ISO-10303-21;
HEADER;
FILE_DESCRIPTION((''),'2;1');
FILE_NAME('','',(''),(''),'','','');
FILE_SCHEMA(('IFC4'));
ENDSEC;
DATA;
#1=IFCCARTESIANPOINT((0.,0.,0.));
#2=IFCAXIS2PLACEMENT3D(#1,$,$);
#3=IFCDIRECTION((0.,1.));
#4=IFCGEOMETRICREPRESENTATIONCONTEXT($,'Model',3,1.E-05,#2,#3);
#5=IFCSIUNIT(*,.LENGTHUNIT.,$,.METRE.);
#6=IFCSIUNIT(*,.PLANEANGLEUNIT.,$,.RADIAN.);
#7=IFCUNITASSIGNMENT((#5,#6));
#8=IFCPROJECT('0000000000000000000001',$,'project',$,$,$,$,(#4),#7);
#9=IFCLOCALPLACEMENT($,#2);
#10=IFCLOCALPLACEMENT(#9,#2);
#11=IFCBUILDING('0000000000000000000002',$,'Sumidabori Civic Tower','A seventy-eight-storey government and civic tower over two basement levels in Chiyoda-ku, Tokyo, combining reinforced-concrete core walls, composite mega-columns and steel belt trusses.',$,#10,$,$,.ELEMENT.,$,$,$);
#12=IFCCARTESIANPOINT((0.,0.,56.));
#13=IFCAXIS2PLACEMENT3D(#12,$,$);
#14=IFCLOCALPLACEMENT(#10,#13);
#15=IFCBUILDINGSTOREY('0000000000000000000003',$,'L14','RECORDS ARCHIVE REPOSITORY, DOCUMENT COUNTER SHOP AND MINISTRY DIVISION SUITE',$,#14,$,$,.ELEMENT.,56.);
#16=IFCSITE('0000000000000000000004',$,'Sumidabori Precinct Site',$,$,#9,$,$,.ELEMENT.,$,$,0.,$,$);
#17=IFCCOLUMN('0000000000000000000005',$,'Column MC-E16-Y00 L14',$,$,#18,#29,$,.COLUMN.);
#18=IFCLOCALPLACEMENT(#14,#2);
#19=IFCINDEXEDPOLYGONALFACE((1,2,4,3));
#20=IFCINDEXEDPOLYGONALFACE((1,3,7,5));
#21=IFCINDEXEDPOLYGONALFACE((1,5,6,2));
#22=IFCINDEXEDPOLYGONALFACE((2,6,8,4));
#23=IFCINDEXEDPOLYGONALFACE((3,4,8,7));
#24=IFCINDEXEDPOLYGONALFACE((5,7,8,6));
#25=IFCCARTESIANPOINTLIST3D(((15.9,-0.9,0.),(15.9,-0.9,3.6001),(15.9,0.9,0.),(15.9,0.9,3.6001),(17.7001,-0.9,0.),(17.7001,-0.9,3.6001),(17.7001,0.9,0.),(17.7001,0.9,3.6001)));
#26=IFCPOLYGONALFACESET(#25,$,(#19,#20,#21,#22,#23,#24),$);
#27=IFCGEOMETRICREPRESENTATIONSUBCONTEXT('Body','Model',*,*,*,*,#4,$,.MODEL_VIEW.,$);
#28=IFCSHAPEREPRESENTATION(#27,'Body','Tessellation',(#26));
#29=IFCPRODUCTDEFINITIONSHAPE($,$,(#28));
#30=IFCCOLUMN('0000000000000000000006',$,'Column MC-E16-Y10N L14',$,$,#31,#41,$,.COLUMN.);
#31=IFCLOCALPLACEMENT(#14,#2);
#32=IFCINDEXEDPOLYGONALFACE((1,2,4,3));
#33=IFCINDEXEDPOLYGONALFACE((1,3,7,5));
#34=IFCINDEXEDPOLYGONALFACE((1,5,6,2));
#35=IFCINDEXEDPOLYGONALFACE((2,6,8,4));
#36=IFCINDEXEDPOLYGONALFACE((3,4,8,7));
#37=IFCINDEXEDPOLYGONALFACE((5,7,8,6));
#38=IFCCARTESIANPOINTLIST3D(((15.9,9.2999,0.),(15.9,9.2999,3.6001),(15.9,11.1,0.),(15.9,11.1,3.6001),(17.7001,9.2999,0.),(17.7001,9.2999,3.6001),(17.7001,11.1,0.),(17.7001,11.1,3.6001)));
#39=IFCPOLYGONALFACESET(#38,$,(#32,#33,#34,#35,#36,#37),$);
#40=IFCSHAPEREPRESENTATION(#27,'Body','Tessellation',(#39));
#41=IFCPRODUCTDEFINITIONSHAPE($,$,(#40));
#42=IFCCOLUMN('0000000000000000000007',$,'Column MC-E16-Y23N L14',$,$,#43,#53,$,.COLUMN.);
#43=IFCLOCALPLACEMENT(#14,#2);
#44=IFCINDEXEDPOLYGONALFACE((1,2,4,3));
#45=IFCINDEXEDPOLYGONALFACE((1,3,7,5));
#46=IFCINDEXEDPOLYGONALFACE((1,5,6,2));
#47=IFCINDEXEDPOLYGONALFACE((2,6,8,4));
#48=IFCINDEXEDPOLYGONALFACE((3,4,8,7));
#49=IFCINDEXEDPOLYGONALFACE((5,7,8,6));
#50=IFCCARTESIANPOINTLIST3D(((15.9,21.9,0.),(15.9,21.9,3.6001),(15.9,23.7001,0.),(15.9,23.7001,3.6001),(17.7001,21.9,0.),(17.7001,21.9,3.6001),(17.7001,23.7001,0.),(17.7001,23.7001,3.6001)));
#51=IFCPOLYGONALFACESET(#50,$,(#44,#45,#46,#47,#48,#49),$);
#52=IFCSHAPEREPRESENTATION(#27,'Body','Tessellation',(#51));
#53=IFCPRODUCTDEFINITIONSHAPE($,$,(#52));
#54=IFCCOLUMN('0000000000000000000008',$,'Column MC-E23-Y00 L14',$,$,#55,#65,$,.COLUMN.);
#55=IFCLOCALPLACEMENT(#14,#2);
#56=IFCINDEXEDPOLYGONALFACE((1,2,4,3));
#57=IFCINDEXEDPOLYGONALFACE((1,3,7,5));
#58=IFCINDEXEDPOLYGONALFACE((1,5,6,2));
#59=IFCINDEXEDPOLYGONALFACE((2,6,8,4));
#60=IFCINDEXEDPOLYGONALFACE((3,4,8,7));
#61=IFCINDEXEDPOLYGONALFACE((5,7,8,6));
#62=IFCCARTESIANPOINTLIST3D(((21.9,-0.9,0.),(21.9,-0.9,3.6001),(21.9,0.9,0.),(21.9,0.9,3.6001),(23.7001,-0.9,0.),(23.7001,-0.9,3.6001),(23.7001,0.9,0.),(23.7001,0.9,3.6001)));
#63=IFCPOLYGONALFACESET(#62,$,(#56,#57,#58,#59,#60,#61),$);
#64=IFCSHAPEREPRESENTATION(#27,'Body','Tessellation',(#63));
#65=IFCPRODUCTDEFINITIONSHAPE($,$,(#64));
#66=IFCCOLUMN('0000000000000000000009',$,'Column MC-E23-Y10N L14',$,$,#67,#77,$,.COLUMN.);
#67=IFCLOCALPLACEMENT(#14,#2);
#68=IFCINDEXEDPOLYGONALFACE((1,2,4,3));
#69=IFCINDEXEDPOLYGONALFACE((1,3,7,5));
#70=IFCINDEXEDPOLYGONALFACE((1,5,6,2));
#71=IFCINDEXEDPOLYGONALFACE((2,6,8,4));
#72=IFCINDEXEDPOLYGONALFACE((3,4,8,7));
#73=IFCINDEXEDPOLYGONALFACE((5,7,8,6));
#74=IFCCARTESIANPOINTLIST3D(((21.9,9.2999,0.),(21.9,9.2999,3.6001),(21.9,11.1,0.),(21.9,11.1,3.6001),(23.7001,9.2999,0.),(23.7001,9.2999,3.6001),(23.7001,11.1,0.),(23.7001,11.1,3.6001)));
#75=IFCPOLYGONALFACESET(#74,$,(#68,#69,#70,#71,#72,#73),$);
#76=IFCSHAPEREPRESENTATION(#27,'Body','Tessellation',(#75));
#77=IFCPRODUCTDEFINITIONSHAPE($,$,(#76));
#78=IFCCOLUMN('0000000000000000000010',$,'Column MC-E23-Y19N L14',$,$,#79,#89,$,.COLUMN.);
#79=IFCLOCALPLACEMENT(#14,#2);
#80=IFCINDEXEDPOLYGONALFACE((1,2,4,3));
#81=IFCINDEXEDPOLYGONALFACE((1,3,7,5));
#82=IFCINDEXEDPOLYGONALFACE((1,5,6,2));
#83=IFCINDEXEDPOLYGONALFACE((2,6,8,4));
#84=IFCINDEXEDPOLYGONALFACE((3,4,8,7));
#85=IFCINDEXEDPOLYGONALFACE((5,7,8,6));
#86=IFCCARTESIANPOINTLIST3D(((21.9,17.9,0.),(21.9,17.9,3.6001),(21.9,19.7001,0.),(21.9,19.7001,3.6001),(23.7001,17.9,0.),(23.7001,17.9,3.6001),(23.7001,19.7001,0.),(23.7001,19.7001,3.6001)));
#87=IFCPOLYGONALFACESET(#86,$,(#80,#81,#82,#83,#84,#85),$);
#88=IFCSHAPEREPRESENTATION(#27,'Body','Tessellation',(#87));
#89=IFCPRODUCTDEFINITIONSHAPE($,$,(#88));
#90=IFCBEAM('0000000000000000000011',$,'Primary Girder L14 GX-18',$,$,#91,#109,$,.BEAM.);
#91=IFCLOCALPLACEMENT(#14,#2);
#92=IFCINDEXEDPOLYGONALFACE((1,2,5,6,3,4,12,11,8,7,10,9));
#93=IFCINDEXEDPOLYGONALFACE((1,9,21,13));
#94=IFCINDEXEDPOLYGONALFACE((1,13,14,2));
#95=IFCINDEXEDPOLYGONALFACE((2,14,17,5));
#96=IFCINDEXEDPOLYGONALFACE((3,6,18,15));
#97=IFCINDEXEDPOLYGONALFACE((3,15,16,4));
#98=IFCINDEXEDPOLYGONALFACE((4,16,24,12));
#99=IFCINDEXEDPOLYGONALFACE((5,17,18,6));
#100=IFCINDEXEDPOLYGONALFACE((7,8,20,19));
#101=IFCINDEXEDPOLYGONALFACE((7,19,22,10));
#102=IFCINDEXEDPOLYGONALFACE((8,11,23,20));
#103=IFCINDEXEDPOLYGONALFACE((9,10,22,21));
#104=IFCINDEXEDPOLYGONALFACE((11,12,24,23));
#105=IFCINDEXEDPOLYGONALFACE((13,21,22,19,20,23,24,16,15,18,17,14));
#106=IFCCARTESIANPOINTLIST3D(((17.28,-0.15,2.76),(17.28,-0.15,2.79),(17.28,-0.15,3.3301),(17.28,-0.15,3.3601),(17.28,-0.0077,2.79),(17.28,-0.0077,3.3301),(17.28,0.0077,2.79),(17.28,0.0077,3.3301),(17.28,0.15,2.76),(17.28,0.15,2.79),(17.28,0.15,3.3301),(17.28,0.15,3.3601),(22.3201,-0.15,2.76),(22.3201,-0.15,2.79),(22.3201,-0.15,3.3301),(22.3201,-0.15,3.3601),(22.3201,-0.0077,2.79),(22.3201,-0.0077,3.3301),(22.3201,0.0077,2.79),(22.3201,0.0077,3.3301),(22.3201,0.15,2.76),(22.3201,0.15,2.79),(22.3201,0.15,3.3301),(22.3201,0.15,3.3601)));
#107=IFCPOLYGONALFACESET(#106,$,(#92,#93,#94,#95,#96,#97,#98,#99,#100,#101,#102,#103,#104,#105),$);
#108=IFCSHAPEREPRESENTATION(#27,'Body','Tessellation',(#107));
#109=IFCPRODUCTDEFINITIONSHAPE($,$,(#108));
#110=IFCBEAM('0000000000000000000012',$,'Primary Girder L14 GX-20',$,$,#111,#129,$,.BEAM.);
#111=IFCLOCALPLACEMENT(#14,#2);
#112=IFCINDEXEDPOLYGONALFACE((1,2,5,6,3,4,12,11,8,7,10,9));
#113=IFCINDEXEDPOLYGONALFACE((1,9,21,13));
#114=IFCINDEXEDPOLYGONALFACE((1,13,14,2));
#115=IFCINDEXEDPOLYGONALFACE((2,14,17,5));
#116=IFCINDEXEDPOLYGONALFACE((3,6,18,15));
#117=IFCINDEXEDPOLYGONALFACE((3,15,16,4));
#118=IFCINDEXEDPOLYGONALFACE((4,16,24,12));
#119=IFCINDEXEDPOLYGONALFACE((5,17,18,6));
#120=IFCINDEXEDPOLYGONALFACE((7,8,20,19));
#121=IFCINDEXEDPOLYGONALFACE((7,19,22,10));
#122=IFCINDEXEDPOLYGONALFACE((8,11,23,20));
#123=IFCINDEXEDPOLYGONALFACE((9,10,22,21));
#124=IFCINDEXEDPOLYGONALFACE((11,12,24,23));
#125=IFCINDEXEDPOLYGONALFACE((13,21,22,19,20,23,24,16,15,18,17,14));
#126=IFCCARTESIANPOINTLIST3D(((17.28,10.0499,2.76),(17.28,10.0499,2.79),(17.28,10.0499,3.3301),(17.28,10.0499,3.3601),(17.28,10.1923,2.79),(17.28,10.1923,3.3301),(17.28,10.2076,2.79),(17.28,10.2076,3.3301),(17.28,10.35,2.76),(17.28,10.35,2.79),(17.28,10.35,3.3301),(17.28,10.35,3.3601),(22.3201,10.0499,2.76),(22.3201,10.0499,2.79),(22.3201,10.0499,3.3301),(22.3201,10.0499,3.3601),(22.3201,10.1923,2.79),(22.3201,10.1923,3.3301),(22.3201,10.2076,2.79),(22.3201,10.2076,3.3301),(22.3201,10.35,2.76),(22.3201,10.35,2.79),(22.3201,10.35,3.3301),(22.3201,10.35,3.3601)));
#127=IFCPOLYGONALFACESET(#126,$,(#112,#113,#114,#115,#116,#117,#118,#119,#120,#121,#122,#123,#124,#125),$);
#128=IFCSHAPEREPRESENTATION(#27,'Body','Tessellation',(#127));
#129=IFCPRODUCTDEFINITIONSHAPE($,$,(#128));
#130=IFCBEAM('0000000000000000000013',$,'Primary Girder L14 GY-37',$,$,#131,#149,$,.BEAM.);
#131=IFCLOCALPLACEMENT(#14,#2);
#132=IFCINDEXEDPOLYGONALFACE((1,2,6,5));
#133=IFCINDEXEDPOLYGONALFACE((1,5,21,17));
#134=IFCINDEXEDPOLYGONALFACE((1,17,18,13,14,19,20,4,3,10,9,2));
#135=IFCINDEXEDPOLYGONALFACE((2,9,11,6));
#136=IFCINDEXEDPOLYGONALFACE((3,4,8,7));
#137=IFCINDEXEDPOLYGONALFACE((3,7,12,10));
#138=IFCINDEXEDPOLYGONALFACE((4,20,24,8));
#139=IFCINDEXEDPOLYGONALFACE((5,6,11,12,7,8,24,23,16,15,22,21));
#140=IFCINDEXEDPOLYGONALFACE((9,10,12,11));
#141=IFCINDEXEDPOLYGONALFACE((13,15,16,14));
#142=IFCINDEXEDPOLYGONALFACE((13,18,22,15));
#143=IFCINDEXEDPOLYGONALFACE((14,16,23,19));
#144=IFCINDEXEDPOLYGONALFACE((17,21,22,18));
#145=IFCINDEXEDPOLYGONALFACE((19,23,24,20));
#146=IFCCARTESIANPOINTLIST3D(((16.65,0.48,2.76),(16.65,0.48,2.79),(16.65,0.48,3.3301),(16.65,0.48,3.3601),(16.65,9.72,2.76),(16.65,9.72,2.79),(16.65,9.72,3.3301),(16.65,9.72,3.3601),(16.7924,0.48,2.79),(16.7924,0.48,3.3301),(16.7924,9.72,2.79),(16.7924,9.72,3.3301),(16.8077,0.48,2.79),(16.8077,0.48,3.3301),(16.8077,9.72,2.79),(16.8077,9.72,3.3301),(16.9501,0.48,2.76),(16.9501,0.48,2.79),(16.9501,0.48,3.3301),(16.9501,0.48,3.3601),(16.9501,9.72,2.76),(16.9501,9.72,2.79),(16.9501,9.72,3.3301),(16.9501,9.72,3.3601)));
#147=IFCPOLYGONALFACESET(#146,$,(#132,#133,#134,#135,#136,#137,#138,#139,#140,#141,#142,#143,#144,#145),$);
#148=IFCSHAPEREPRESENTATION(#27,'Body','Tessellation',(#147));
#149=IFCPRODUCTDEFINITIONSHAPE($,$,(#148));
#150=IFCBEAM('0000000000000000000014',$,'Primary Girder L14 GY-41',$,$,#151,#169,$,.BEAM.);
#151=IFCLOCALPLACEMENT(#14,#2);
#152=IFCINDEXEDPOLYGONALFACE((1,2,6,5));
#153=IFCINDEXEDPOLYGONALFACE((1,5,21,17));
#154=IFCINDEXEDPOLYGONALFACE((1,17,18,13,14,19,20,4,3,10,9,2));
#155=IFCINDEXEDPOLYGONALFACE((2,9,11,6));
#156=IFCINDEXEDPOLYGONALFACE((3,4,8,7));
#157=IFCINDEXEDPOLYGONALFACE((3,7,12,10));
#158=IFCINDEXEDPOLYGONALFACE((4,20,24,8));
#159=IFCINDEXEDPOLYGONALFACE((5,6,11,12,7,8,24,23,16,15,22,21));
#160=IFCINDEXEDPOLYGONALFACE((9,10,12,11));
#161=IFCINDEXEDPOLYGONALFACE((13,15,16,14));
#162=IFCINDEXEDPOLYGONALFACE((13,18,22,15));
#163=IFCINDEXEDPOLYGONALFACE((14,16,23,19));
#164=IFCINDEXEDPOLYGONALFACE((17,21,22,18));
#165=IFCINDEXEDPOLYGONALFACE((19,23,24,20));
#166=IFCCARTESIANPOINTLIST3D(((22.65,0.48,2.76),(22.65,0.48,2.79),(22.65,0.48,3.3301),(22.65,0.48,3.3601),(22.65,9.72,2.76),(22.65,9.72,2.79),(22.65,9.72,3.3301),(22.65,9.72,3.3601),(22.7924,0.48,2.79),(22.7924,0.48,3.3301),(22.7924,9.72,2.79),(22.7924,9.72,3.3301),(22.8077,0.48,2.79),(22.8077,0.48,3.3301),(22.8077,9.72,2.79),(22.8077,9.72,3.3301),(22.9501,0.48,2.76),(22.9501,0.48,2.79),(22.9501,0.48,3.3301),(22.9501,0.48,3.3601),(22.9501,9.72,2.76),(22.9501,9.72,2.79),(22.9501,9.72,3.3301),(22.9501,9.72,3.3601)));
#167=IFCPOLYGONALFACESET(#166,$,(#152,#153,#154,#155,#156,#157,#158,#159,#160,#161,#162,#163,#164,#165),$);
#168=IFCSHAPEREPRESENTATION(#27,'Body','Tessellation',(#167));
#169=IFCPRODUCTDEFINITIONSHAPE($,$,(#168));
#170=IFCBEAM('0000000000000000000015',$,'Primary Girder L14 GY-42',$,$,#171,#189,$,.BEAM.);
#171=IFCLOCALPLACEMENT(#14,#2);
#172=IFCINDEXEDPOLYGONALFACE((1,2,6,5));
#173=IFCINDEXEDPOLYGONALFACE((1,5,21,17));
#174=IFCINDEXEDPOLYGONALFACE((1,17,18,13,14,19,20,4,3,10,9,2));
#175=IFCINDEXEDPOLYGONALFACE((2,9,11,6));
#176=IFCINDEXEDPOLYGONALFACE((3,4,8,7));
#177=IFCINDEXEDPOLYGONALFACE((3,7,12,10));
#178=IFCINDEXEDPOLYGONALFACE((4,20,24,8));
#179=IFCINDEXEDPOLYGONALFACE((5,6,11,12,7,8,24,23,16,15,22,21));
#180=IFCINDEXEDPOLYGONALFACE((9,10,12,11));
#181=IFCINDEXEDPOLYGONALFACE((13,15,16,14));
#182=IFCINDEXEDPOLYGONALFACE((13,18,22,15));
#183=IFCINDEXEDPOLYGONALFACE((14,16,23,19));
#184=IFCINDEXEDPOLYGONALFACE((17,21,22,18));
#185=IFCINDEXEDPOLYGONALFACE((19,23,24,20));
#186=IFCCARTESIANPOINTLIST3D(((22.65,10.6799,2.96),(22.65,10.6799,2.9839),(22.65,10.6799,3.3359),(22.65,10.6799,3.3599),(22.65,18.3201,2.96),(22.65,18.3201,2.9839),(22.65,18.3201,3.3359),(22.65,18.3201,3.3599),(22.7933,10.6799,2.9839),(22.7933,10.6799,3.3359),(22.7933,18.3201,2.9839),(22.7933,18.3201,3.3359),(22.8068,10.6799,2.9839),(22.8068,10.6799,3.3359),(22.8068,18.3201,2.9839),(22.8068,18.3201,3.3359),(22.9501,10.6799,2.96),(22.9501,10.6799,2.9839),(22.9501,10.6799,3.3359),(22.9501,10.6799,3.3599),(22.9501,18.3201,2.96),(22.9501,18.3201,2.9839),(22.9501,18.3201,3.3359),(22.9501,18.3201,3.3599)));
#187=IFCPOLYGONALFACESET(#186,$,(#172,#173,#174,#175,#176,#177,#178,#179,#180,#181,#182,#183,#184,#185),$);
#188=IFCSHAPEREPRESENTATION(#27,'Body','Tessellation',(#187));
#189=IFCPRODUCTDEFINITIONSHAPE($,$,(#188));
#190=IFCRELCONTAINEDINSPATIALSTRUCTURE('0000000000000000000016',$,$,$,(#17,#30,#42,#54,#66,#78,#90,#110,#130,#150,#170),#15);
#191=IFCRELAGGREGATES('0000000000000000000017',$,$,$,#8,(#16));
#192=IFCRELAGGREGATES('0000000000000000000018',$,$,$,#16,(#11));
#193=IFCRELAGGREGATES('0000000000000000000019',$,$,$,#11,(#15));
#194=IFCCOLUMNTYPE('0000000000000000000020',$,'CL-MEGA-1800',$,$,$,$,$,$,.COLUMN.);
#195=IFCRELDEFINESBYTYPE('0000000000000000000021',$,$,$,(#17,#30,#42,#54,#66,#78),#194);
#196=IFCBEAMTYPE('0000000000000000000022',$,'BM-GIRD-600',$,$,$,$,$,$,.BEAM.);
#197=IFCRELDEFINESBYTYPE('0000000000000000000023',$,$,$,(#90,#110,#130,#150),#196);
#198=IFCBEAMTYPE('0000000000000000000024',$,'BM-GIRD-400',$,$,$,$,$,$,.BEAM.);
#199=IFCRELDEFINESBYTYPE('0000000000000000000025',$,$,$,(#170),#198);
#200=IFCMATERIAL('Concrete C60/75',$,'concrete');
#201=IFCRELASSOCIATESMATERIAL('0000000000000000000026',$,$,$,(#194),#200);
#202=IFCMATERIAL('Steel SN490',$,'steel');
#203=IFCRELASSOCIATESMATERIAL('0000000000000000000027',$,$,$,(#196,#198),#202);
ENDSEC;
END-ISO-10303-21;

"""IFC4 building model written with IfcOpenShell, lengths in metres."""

from ifc_helpers import new_model, si_unit, direction, frame, origin, origin_2d, place, context, subcontext, project, spatial, rectangle, i_section, extrude, source, transform, mapped, material, material_profile, profile_set, type_object, element, save


model = new_model("IFC4")

# Units and contexts
model_context = context("Model", 3, precision=1e-05, world=origin(), true_north=direction((0.0, 1.0)))
body_context = subcontext(model_context, "Body", "Model", "MODEL_VIEW")
ifc_project = project(units=[si_unit("LENGTHUNIT", "METRE"), si_unit("PLANEANGLEUNIT", "RADIAN")], contexts=[model_context])

# Site, building, storey
site_placement = place(None, origin())
site = spatial("IfcSite", under=ifc_project, at=site_placement, Name="Sumidabori Precinct Site", CompositionType="ELEMENT", RefElevation=0.0)
building_placement = place(site_placement, origin())
building = spatial("IfcBuilding", under=site, at=building_placement, Name="Sumidabori Civic Tower", Description="A seventy-eight-storey government and civic tower over two basement levels in Chiyoda-ku, Tokyo, combining reinforced-concrete core walls, composite mega-columns and steel belt trusses.", CompositionType="ELEMENT")
storey_placement = place(building_placement, frame((0.0, 0.0, 56.0)))
storey = spatial("IfcBuildingStorey", under=building, at=storey_placement, Name="L14", Description="RECORDS ARCHIVE REPOSITORY, DOCUMENT COUNTER SHOP AND MINISTRY DIVISION SUITE", CompositionType="ELEMENT", Elevation=56.0)

# Columns
ifc_material_1 = material(Name="Concrete C60/75", Category="concrete")
ifc_material_profile_1 = material_profile(ifc_material_1, rectangle(XDim=1.8, YDim=1.8, at=origin_2d()), Name="RC 1800x1800")
ifc_profile_set_1 = profile_set([ifc_material_profile_1], Name="Concrete C60/75")
column_type = type_object("IfcColumnType", Name="CL-MEGA-1800", PredefinedType="COLUMN", material=ifc_profile_set_1)
shared_shape_1 = source(origin(), body_context, "Body", "SweptSolid", [
    extrude(rectangle(XDim=1.8, YDim=1.8, at=origin_2d()), origin(), (0.0, 0.0, 1.0), 3.6001),
])
for number, where, z_axis, x_axis, name in (
    (1, (16.8, 0.0, 0.0), (0.0, 0.0, 1.0), (1.0, 0.0, 0.0), "Column MC-E16-Y00 L14"),
    (2, (16.8, 10.2, 0.0), (0.0, 0.0, 1.0), (1.0, 0.0, 0.0), "Column MC-E16-Y10N L14"),
    (3, (16.8, 22.8, 0.0), (0.0, 0.0, 1.0), (1.0, 0.0, 0.0), "Column MC-E16-Y23N L14"),
    (4, (22.8, 0.0, 0.0), (0.0, 0.0, 1.0), (1.0, 0.0, 0.0), "Column MC-E23-Y00 L14"),
    (5, (22.8, 10.2, 0.0), (0.0, 0.0, 1.0), (1.0, 0.0, 0.0), "Column MC-E23-Y10N L14"),
    (6, (22.8, 18.8, 0.0), (0.0, 0.0, 1.0), (1.0, 0.0, 0.0), "Column MC-E23-Y19N L14"),
):
    element("IfcColumn", number, at=place(storey_placement, frame(where, z_axis=z_axis, x_axis=x_axis)), inside=storey, type_object=column_type, Name=name, PredefinedType="COLUMN", context=body_context, shape_type="MappedRepresentation", body=[
        mapped(shared_shape_1, transform((0.0, 0.0, 0.0), x_axis=(1.0, 0.0, 0.0), y_axis=(0.0, 1.0, 0.0), z_axis=(0.0, 0.0, 1.0), scale=1.0)),
    ])

# Beams
ifc_material_2 = material(Name="Steel SN490", Category="steel")
ifc_material_profile_2 = material_profile(ifc_material_2, i_section(OverallWidth=0.3, OverallDepth=0.6001, WebThickness=0.0154, FlangeThickness=0.03, at=origin_2d()), Name="HE 600 B")
ifc_profile_set_2 = profile_set([ifc_material_profile_2], Name="Steel SN490")
beam_type_1 = type_object("IfcBeamType", Name="BM-GIRD-600", PredefinedType="BEAM", material=ifc_profile_set_2)
shared_shape_2 = source(origin(), body_context, "Body", "SweptSolid", [
    extrude(i_section(OverallWidth=0.3, OverallDepth=0.6001, WebThickness=0.0154, FlangeThickness=0.03, at=origin_2d()), origin(), (0.0, 0.0, 1.0), 5.04),
])
for number, where, z_axis, x_axis, name in (
    (7, (17.28, 0.0, 3.0601), (1.0, 0.0, 0.0), (0.0, 1.0, 0.0), "Primary Girder L14 GX-18"),
    (8, (17.28, 10.2, 3.0601), (1.0, 0.0, 0.0), (0.0, 1.0, 0.0), "Primary Girder L14 GX-20"),
):
    element("IfcBeam", number, at=place(storey_placement, frame(where, z_axis=z_axis, x_axis=x_axis)), inside=storey, type_object=beam_type_1, Name=name, PredefinedType="BEAM", context=body_context, shape_type="MappedRepresentation", body=[
        mapped(shared_shape_2, transform((0.0, 0.0, 0.0), x_axis=(1.0, 0.0, 0.0), y_axis=(0.0, 1.0, 0.0), z_axis=(0.0, 0.0, 1.0), scale=1.0)),
    ])
shared_shape_3 = source(origin(), body_context, "Body", "SweptSolid", [
    extrude(i_section(OverallWidth=0.3, OverallDepth=0.6001, WebThickness=0.0154, FlangeThickness=0.03, at=origin_2d()), origin(), (0.0, 0.0, 1.0), 9.24),
])
for number, where, z_axis, x_axis, name in (
    (9, (16.8, 0.48, 3.0601), (0.0, 1.0, 0.0), (-1.0, 0.0, 0.0), "Primary Girder L14 GY-37"),
    (10, (22.8, 0.48, 3.0601), (0.0, 1.0, 0.0), (-1.0, 0.0, 0.0), "Primary Girder L14 GY-41"),
):
    element("IfcBeam", number, at=place(storey_placement, frame(where, z_axis=z_axis, x_axis=x_axis)), inside=storey, type_object=beam_type_1, Name=name, PredefinedType="BEAM", context=body_context, shape_type="MappedRepresentation", body=[
        mapped(shared_shape_3, transform((0.0, 0.0, 0.0), x_axis=(1.0, 0.0, 0.0), y_axis=(0.0, 1.0, 0.0), z_axis=(0.0, 0.0, 1.0), scale=1.0)),
    ])
ifc_material_profile_3 = material_profile(ifc_material_2, i_section(OverallWidth=0.3, OverallDepth=0.3999, WebThickness=0.0134, FlangeThickness=0.0239, at=origin_2d()), Name="HE 400 B")
ifc_profile_set_3 = profile_set([ifc_material_profile_3], Name="Steel SN490")
beam_type_2 = type_object("IfcBeamType", Name="BM-GIRD-400", PredefinedType="BEAM", material=ifc_profile_set_3)
shared_shape_4 = source(origin(), body_context, "Body", "SweptSolid", [
    extrude(i_section(OverallWidth=0.3, OverallDepth=0.3999, WebThickness=0.0134, FlangeThickness=0.0239, at=origin_2d()), origin(), (0.0, 0.0, 1.0), 7.6401),
])
beam_1_placement = place(storey_placement, frame((22.8, 10.6799, 3.1599), z_axis=(0.0, 1.0, 0.0), x_axis=(-1.0, 0.0, 0.0)))
element("IfcBeam", 11, at=beam_1_placement, inside=storey, type_object=beam_type_2, Name="Primary Girder L14 GY-42", PredefinedType="BEAM", context=body_context, shape_type="MappedRepresentation", body=[
    mapped(shared_shape_4, transform((0.0, 0.0, 0.0), x_axis=(1.0, 0.0, 0.0), y_axis=(0.0, 1.0, 0.0), z_axis=(0.0, 0.0, 1.0), scale=1.0)),
])

save(model, "model.ifc")
